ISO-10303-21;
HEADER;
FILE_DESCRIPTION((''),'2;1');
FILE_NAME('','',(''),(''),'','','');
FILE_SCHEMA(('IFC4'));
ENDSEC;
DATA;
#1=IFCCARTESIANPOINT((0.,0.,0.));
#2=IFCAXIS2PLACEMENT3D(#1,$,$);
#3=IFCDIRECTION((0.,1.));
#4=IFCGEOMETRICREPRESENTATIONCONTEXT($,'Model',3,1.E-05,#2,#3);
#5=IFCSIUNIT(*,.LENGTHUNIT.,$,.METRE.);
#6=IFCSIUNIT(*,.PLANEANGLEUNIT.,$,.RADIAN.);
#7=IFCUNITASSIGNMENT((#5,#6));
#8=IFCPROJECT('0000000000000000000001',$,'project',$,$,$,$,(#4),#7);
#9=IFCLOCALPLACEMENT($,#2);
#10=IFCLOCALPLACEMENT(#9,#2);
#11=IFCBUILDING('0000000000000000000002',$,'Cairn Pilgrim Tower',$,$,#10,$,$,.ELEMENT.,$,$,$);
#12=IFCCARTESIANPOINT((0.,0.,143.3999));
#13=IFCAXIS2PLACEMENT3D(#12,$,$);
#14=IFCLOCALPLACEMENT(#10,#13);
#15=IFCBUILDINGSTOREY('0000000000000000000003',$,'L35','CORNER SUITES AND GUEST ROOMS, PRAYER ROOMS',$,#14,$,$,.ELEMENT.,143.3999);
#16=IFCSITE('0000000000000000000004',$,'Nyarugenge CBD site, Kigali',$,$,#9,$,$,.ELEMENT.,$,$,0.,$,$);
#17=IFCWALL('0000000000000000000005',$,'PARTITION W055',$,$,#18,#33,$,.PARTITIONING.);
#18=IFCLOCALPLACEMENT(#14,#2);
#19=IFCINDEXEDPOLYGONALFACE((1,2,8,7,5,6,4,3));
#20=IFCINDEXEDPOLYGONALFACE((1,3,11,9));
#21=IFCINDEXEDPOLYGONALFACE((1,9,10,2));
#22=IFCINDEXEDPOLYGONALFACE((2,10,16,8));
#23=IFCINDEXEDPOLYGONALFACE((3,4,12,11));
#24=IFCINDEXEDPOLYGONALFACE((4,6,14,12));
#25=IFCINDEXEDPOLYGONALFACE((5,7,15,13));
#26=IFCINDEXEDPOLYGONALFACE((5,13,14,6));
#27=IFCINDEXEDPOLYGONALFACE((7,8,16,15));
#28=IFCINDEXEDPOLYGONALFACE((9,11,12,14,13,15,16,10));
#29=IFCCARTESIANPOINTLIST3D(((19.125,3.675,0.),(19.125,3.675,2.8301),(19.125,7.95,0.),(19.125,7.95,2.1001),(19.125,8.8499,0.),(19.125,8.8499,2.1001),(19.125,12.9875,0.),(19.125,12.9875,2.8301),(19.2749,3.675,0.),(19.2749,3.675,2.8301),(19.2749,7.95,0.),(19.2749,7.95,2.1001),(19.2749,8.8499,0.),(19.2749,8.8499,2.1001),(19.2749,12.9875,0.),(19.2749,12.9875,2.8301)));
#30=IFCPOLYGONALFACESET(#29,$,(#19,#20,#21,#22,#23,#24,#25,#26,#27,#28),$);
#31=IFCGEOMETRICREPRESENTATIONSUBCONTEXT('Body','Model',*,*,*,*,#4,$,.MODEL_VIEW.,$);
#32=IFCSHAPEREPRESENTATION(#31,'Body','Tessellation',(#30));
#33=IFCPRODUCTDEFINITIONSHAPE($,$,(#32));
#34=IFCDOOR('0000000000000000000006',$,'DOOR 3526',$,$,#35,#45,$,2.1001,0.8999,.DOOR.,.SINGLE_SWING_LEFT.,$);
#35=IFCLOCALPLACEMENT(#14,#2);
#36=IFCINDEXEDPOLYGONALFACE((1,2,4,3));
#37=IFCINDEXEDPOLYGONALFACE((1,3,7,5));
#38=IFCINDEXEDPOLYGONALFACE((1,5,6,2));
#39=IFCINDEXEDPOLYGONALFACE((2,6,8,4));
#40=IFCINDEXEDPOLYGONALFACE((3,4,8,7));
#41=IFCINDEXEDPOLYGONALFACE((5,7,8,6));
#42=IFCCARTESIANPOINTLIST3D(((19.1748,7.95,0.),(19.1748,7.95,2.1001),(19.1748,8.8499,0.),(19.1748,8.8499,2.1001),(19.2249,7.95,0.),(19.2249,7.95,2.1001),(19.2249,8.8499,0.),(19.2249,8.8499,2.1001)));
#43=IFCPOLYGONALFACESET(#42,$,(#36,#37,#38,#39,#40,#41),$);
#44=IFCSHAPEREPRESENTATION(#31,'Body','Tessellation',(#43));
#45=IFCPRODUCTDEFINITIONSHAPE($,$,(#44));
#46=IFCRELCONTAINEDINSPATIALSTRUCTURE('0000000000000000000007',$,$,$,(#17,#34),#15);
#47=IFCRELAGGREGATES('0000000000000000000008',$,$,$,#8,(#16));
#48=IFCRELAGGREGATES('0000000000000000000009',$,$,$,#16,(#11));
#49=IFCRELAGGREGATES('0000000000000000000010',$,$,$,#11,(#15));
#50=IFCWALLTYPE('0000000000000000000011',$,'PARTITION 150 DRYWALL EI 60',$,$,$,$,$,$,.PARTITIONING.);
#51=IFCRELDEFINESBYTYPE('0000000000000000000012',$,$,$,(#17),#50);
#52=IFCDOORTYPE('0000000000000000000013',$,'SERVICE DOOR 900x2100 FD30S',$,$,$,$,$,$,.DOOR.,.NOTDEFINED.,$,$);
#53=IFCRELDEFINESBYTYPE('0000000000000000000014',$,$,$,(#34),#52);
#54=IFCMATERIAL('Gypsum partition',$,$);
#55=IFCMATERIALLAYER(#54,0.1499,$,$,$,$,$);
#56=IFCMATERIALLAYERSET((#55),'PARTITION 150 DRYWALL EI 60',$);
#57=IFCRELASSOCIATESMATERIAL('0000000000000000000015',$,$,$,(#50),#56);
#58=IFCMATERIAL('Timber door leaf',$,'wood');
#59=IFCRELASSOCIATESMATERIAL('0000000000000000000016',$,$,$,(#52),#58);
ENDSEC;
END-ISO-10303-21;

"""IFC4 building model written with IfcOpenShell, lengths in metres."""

from ifc_helpers import new_model, si_unit, direction, frame, frame_2d, origin, place, context, subcontext, project, spatial, rectangle, extrude, material, layer, layer_set, type_object, element, fill, save


model = new_model("IFC4")

# Units and contexts
model_context = context("Model", 3, precision=1e-05, world=origin(), true_north=direction((0.0, 1.0)))
body_context = subcontext(model_context, "Body", "Model", "MODEL_VIEW")
ifc_project = project(units=[si_unit("LENGTHUNIT", "METRE"), si_unit("PLANEANGLEUNIT", "RADIAN")], contexts=[model_context])

# Site, building, storey
site_placement = place(None, origin())
site = spatial("IfcSite", under=ifc_project, at=site_placement, Name="Nyarugenge CBD site, Kigali", CompositionType="ELEMENT", RefElevation=0.0)
building_placement = place(site_placement, origin())
building = spatial("IfcBuilding", under=site, at=building_placement, Name="Cairn Pilgrim Tower", CompositionType="ELEMENT")
storey_placement = place(building_placement, frame((0.0, 0.0, 143.3999)))
storey = spatial("IfcBuildingStorey", under=building, at=storey_placement, Name="L35", Description="CORNER SUITES AND GUEST ROOMS, PRAYER ROOMS", CompositionType="ELEMENT", Elevation=143.3999)

# Shared definitions
ifc_material_1 = material(Name="Gypsum partition")
ifc_layer_1 = layer(ifc_material_1, 0.1499)
ifc_layer_set_1 = layer_set([ifc_layer_1], Name="PARTITION 150 DRYWALL EI 60")
wall_type_1 = type_object("IfcWallType", Name="PARTITION 150 DRYWALL EI 60", PredefinedType="PARTITIONING", material=ifc_layer_set_1)

# Wall, opening, door
ifc_material_2 = material(Name="Timber door leaf", Category="wood")
wall_1_placement = place(storey_placement, frame((19.2, 3.675, 0.0), z_axis=(0.0, 0.0, 1.0), x_axis=(0.0, 1.0, 0.0)))
wall_1 = element("IfcWall", 1, at=wall_1_placement, inside=storey, type_object=wall_type_1, Name="PARTITION W055", PredefinedType="PARTITIONING", context=body_context, shape_type="SweptSolid", body=[
    extrude(rectangle(XDim=9.3125, YDim=0.1499, at=frame_2d((4.6562, 0.0))), origin(), (0.0, 0.0, 1.0), 2.8301),
])
opening_1_placement = place(wall_1_placement, frame((4.2749, 0.0, 0.0)))
opening_1 = element("IfcOpeningElement", 2, at=opening_1_placement, cuts=wall_1, PredefinedType="OPENING", context=body_context, shape_type="SweptSolid", body=[
    extrude(rectangle(XDim=0.8999, YDim=2.1001, at=frame_2d((0.45, 1.05))), frame((0.0, 0.085, 0.0), z_axis=(0.0, -1.0, 0.0), x_axis=(1.0, 0.0, 0.0)), (0.0, 0.0, 1.0), 0.1699),
])
door_type_1 = type_object("IfcDoorType", Name="SERVICE DOOR 900x2100 FD30S", OperationType="NOTDEFINED", PredefinedType="DOOR", material=ifc_material_2)
door_1_placement = place(opening_1_placement, frame((0.8999, 0.0, 0.0), z_axis=(0.0, 0.0, 1.0), x_axis=(-1.0, 0.0, 0.0)))
door_1 = element("IfcDoor", 3, at=door_1_placement, inside=storey, type_object=door_type_1, Name="DOOR 3526", OperationType="SINGLE_SWING_LEFT", OverallHeight=2.1001, OverallWidth=0.8999, PredefinedType="DOOR", context=body_context, shape_type="SweptSolid", body=[
    extrude(rectangle(XDim=0.8999, YDim=2.1001, at=frame_2d((0.45, 1.05))), frame((0.0, 0.0249, 0.0), z_axis=(0.0, -1.0, 0.0), x_axis=(1.0, 0.0, 0.0)), (0.0, 0.0, 1.0), 0.05),
])
fill(opening_1, door_1)

save(model, "model.ifc")
